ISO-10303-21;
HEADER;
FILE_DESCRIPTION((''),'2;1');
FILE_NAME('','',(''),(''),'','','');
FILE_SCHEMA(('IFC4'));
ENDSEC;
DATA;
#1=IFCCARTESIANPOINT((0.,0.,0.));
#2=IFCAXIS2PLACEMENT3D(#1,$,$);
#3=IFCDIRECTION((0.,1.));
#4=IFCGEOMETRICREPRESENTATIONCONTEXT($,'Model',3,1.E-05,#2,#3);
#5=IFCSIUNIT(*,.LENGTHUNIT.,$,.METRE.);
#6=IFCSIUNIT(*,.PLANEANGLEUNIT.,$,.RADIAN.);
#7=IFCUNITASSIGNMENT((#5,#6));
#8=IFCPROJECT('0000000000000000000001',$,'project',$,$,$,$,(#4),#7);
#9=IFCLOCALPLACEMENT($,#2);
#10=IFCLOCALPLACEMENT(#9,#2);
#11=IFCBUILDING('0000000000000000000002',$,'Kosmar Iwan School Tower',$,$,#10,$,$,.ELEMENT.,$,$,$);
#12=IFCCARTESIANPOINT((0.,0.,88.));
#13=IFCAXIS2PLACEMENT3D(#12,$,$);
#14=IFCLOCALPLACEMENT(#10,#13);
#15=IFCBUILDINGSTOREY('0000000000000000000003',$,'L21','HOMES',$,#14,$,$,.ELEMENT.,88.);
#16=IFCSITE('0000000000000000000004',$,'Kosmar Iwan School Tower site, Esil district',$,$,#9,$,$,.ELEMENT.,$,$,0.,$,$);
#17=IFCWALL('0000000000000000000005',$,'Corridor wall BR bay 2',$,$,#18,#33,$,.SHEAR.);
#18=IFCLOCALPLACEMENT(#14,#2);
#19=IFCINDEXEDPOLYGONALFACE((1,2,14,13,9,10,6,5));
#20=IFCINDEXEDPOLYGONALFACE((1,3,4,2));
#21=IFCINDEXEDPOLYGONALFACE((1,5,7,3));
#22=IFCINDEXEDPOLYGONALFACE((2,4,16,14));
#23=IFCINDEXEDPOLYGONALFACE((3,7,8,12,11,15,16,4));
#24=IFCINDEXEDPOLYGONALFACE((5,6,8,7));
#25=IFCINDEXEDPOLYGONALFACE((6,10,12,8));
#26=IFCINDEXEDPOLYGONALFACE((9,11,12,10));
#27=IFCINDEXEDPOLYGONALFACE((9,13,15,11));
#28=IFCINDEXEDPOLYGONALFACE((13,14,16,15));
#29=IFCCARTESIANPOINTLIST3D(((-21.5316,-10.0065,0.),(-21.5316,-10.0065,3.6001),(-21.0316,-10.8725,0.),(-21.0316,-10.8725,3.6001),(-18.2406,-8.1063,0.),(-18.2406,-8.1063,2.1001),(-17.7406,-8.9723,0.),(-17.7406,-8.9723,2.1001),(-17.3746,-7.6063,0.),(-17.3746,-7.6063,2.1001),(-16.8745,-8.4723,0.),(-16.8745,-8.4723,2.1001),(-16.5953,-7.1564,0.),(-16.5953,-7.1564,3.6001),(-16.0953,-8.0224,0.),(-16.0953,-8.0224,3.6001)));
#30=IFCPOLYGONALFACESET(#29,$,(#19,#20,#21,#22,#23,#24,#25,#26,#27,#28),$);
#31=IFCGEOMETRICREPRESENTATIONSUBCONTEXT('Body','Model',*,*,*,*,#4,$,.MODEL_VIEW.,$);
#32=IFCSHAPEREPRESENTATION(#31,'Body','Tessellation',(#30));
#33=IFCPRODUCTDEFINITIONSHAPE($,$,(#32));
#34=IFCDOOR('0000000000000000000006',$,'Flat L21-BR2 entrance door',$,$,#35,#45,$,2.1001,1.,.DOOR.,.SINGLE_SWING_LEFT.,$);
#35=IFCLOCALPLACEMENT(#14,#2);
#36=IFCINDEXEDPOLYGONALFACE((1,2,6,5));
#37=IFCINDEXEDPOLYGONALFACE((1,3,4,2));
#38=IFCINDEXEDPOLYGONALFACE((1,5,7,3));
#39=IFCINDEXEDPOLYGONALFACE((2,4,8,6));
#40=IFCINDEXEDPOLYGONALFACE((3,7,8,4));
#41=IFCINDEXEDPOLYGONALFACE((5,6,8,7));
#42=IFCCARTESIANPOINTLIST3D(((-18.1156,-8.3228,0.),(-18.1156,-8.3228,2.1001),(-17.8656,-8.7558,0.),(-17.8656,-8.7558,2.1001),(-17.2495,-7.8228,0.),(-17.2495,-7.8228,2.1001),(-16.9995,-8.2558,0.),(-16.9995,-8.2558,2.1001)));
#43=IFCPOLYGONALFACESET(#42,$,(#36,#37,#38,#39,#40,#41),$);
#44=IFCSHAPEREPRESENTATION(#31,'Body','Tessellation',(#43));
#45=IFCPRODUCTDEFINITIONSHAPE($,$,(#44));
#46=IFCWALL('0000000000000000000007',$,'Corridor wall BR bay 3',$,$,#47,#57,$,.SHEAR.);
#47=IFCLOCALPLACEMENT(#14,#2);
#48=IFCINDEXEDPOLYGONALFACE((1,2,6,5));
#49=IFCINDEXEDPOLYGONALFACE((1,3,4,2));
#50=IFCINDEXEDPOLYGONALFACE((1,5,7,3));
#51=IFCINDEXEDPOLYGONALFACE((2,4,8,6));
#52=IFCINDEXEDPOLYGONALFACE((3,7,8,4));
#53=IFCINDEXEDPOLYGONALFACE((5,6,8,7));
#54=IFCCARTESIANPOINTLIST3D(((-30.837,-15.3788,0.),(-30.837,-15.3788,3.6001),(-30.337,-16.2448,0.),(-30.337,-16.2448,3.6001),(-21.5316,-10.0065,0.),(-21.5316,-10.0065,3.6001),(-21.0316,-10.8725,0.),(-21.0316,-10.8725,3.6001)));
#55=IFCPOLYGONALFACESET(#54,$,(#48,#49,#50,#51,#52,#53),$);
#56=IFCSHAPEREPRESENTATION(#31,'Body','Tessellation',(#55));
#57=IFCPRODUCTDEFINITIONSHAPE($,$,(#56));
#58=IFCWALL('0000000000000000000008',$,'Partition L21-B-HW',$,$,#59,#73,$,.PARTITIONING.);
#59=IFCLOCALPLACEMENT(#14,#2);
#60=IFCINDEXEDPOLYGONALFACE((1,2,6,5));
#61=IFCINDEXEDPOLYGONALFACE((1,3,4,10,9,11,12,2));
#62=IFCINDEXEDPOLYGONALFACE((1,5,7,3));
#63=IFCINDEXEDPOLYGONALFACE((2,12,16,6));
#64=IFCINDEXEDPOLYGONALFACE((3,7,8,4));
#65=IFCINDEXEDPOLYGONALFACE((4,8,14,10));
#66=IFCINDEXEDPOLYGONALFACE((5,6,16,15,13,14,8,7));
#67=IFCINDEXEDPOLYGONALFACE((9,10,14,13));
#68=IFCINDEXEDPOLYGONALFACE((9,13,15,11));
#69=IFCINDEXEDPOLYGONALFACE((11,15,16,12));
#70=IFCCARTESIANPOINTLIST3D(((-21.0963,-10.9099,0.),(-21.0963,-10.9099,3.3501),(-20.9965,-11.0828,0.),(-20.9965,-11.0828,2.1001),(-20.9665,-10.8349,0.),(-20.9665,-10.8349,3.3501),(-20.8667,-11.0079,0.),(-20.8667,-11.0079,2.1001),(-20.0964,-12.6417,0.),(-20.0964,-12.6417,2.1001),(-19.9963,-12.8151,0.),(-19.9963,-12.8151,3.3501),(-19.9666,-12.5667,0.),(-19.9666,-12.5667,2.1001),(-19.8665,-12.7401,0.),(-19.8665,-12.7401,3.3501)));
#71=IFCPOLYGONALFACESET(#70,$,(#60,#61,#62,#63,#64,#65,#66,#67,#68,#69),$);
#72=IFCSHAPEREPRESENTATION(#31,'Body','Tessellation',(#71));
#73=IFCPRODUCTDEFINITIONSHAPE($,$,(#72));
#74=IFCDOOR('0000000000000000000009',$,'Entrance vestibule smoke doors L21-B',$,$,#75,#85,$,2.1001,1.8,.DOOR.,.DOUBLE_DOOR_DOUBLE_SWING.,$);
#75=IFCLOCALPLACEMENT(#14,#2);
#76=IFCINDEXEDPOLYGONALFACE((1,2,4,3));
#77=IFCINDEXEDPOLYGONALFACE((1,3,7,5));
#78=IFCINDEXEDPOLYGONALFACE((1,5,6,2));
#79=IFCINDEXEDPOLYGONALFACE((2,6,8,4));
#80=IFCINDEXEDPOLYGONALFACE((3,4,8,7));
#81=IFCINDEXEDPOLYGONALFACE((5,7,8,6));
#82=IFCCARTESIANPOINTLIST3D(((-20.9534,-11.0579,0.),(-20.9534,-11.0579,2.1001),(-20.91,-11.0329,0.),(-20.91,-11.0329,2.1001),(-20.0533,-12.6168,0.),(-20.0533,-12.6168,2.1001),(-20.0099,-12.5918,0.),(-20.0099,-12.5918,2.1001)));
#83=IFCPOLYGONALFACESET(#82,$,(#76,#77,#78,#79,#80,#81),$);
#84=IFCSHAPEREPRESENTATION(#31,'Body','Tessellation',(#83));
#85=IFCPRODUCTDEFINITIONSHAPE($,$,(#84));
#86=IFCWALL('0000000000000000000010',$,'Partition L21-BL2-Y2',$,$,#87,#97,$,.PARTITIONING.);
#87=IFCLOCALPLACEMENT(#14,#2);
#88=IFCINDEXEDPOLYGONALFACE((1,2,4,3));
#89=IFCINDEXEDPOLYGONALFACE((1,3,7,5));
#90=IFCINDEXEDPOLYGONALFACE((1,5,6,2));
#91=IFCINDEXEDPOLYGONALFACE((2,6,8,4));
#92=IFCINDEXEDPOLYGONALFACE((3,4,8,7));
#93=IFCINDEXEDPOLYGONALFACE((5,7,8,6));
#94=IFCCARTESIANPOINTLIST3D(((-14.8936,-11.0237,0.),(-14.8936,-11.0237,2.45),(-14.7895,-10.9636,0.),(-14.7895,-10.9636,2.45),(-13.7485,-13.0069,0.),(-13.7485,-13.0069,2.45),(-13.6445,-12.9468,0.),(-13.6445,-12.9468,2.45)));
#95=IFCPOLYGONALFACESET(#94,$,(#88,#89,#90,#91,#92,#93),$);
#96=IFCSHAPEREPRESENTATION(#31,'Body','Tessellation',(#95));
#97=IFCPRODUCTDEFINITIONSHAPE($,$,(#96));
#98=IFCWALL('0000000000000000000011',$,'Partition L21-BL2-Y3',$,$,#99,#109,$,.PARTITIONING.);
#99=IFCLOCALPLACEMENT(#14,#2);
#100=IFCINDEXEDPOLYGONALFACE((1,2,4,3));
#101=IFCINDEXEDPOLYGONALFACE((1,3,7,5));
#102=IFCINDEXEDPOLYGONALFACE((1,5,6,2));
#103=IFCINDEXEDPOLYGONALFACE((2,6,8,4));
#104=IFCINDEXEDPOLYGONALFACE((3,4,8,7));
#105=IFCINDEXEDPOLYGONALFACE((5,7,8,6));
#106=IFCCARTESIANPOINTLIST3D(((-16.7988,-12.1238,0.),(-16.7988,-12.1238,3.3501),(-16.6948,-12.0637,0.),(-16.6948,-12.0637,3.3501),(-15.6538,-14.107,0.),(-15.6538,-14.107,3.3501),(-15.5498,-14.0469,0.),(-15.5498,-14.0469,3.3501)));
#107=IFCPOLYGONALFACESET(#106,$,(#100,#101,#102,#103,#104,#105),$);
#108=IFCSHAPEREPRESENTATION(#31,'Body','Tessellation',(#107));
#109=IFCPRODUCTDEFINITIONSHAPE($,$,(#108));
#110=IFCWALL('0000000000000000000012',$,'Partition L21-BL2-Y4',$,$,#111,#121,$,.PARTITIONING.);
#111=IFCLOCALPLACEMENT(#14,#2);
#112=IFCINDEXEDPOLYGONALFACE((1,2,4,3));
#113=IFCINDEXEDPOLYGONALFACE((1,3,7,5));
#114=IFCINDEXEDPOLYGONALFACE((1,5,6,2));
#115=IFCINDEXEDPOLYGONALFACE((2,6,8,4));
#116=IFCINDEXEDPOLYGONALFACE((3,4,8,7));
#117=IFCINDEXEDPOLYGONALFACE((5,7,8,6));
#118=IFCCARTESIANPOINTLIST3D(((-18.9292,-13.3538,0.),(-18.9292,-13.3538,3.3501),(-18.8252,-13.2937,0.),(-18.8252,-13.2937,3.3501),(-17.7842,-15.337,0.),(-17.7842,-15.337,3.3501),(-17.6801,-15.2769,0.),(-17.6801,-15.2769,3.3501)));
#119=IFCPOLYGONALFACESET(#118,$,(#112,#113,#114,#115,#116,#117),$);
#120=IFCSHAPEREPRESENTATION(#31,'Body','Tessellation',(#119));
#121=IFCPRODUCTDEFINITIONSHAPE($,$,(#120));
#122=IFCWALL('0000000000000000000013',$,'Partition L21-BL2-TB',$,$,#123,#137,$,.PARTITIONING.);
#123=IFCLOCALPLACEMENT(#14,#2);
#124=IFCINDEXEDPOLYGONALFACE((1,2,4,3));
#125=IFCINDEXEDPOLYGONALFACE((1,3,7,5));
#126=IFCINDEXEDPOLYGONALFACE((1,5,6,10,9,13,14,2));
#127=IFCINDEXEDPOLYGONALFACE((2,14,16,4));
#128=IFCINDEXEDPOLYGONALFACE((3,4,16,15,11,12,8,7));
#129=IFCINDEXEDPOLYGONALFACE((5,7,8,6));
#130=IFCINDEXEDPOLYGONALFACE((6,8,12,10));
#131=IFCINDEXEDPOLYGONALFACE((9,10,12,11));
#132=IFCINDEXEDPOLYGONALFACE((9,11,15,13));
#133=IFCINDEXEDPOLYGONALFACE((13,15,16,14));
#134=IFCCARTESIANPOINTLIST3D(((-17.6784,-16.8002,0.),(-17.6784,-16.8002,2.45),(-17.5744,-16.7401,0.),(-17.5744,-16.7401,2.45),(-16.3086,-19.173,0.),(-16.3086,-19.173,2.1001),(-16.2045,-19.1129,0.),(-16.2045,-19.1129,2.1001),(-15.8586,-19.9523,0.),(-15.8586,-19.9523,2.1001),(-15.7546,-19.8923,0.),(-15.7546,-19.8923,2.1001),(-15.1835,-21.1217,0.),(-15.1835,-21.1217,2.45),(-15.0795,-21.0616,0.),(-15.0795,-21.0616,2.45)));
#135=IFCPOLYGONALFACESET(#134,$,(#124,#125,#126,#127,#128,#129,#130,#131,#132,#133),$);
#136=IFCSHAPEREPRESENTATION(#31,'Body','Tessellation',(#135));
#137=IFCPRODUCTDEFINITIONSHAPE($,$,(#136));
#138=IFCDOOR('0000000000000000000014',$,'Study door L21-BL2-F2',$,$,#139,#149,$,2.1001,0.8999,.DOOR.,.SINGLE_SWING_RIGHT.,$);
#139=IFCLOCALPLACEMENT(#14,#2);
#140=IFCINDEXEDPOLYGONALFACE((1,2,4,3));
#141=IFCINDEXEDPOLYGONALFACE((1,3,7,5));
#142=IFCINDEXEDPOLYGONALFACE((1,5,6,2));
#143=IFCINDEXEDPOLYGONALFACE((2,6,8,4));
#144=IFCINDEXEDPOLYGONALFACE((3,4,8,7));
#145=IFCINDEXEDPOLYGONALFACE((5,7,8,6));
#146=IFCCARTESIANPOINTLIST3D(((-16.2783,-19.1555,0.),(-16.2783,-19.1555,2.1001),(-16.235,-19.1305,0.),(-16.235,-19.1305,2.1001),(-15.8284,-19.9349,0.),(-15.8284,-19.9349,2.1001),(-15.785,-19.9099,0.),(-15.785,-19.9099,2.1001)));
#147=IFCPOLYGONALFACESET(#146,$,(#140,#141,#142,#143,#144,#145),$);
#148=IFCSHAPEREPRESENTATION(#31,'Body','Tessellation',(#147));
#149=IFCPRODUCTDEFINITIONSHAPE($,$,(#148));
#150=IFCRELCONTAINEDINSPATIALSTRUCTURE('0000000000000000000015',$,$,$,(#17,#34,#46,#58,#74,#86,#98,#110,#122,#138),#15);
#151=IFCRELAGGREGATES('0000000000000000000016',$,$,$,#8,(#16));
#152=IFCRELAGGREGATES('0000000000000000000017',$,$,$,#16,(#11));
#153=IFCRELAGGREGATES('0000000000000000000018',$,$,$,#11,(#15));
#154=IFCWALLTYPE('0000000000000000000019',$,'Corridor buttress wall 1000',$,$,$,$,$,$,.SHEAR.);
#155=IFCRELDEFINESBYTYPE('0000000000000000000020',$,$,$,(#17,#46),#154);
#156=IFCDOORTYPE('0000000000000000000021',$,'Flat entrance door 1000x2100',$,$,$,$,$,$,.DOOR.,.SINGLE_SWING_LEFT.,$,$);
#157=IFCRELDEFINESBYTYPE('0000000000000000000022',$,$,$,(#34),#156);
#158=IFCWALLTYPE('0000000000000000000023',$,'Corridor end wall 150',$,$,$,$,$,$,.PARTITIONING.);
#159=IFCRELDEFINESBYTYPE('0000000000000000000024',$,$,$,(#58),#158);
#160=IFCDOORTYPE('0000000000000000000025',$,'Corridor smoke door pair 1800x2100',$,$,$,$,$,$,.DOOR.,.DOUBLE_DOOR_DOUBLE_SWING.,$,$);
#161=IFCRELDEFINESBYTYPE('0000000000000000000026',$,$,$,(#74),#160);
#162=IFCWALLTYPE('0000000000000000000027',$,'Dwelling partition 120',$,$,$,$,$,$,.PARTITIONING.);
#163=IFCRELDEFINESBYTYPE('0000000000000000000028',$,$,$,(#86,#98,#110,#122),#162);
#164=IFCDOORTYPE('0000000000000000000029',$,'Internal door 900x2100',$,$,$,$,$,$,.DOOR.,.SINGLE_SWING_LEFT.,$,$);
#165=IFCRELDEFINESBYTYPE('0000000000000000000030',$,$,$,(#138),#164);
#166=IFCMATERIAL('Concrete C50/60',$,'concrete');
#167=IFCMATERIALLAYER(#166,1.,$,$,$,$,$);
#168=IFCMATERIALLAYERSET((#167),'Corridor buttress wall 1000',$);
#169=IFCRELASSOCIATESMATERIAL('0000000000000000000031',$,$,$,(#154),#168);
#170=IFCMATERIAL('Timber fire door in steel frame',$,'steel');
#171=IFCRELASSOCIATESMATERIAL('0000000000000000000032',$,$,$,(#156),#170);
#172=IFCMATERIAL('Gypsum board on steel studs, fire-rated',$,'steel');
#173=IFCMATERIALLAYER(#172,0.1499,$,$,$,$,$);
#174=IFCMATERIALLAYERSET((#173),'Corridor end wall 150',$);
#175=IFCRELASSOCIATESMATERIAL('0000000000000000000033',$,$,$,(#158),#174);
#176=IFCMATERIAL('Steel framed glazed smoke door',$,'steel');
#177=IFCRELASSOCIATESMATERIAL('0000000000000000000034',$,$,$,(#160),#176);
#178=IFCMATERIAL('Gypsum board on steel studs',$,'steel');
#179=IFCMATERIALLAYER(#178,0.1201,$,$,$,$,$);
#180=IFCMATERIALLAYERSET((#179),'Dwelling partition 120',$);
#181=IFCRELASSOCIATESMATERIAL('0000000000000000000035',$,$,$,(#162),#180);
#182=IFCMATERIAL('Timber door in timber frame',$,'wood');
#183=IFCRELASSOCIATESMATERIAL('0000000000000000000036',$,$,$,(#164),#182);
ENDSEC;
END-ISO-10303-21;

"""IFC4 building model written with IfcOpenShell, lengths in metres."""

from ifc_helpers import new_model, si_unit, direction, frame, frame_2d, origin, place, context, subcontext, project, spatial, rectangle, extrude, material, layer, layer_set, type_object, element, fill, save


model = new_model("IFC4")

# Units and contexts
model_context = context("Model", 3, precision=1e-05, world=origin(), true_north=direction((0.0, 1.0)))
body_context = subcontext(model_context, "Body", "Model", "MODEL_VIEW")
ifc_project = project(units=[si_unit("LENGTHUNIT", "METRE"), si_unit("PLANEANGLEUNIT", "RADIAN")], contexts=[model_context])

# Site, building, storey
site_placement = place(None, origin())
site = spatial("IfcSite", under=ifc_project, at=site_placement, Name="Kosmar Iwan School Tower site, Esil district", CompositionType="ELEMENT", RefElevation=0.0)
building_placement = place(site_placement, origin())
building = spatial("IfcBuilding", under=site, at=building_placement, Name="Kosmar Iwan School Tower", CompositionType="ELEMENT")
storey_placement = place(building_placement, frame((0.0, 0.0, 88.0)))
storey = spatial("IfcBuildingStorey", under=building, at=storey_placement, Name="L21", Description="HOMES", CompositionType="ELEMENT", Elevation=88.0)

# Wall, opening, door
ifc_material_1 = material(Name="Concrete C50/60", Category="concrete")
ifc_layer_1 = layer(ifc_material_1, 1.0)
ifc_layer_set_1 = layer_set([ifc_layer_1], Name="Corridor buttress wall 1000")
wall_type_1 = type_object("IfcWallType", Name="Corridor buttress wall 1000", PredefinedType="SHEAR", material=ifc_layer_set_1)
ifc_material_2 = material(Name="Timber fire door in steel frame", Category="steel")
door_type_1 = type_object("IfcDoorType", Name="Flat entrance door 1000x2100", OperationType="SINGLE_SWING_LEFT", PredefinedType="DOOR", material=ifc_material_2)
wall_1_placement = place(storey_placement, frame((-16.3452, -7.5894, 0.0), z_axis=(0.0, 0.0, 1.0), x_axis=(-0.866015, -0.500018, 0.0)))
wall_1 = element("IfcWall", 1, at=wall_1_placement, inside=storey, type_object=wall_type_1, Name="Corridor wall BR bay 2", PredefinedType="SHEAR", context=body_context, shape_type="SweptSolid", body=[
    extrude(rectangle(XDim=5.7, YDim=1.0, at=frame_2d((2.8501, 0.0))), origin(), (0.0, 0.0, 1.0), 3.6001),
])
opening_1_placement = place(wall_1_placement, frame((0.8999, 0.0, 0.0)))
opening_1 = element("IfcOpeningElement", 2, at=opening_1_placement, cuts=wall_1, PredefinedType="OPENING", context=body_context, shape_type="SweptSolid", body=[
    extrude(rectangle(XDim=1.0, YDim=2.1001, at=frame_2d((0.5, 1.05))), frame((0.0, 0.512, 0.0), z_axis=(0.0, -1.0, 0.0), x_axis=(1.0, 0.0, 0.0)), (0.0, 0.0, 1.0), 1.0239),
])
door_1_placement = place(opening_1_placement, origin())
door_1 = element("IfcDoor", 3, at=door_1_placement, inside=storey, type_object=door_type_1, Name="Flat L21-BR2 entrance door", OperationType="SINGLE_SWING_LEFT", OverallHeight=2.1001, OverallWidth=1.0, PredefinedType="DOOR", context=body_context, shape_type="SweptSolid", body=[
    extrude(rectangle(XDim=1.0, YDim=2.1001, at=frame_2d((0.5, 1.05))), frame((0.0, 0.25, 0.0), z_axis=(0.0, -1.0, 0.0), x_axis=(1.0, 0.0, 0.0)), (0.0, 0.0, 1.0), 0.5),
])
fill(opening_1, door_1)

# Wall
wall_2_placement = place(storey_placement, frame((-21.2815, -10.4395, 0.0), z_axis=(0.0, 0.0, 1.0), x_axis=(-0.866032, -0.499988, 0.0)))
element("IfcWall", 4, at=wall_2_placement, inside=storey, type_object=wall_type_1, Name="Corridor wall BR bay 3", PredefinedType="SHEAR", context=body_context, shape_type="SweptSolid", body=[
    extrude(rectangle(XDim=10.7449, YDim=1.0, at=frame_2d((5.3726, 0.0))), origin(), (0.0, 0.0, 1.0), 3.6001),
])

# Wall, opening, door
ifc_material_3 = material(Name="Gypsum board on steel studs, fire-rated", Category="steel")
ifc_layer_2 = layer(ifc_material_3, 0.1499)
ifc_layer_set_2 = layer_set([ifc_layer_2], Name="Corridor end wall 150")
wall_type_2 = type_object("IfcWallType", Name="Corridor end wall 150", PredefinedType="PARTITIONING", material=ifc_layer_set_2)
wall_3_placement = place(storey_placement, frame((-21.0315, -10.8723, 0.0), z_axis=(0.0, 0.0, 1.0), x_axis=(0.50003, -0.866008, 0.0)))
wall_3 = element("IfcWall", 5, at=wall_3_placement, inside=storey, type_object=wall_type_2, Name="Partition L21-B-HW", PredefinedType="PARTITIONING", context=body_context, shape_type="SweptSolid", body=[
    extrude(rectangle(XDim=2.2, YDim=0.1499, at=frame_2d((1.1001, 0.0))), origin(), (0.0, 0.0, 1.0), 3.3501),
])
opening_2_placement = place(wall_3_placement, frame((0.2, 0.0, 0.0)))
opening_2 = element("IfcOpeningElement", 6, at=opening_2_placement, cuts=wall_3, PredefinedType="OPENING", context=body_context, shape_type="SweptSolid", body=[
    extrude(rectangle(XDim=1.8, YDim=2.1001, at=frame_2d((0.8999, 1.05))), frame((0.0, 0.0869, 0.0), z_axis=(0.0, -1.0, 0.0), x_axis=(1.0, 0.0, 0.0)), (0.0, 0.0, 1.0), 0.1738),
])
ifc_material_4 = material(Name="Steel framed glazed smoke door", Category="steel")
door_type_2 = type_object("IfcDoorType", Name="Corridor smoke door pair 1800x2100", OperationType="DOUBLE_DOOR_DOUBLE_SWING", PredefinedType="DOOR", material=ifc_material_4)
door_2_placement = place(opening_2_placement, origin())
door_2 = element("IfcDoor", 7, at=door_2_placement, inside=storey, type_object=door_type_2, Name="Entrance vestibule smoke doors L21-B", OperationType="DOUBLE_DOOR_DOUBLE_SWING", OverallHeight=2.1001, OverallWidth=1.8, PredefinedType="DOOR", context=body_context, shape_type="SweptSolid", body=[
    extrude(rectangle(XDim=1.8, YDim=2.1001, at=frame_2d((0.8999, 1.05))), frame((0.0, 0.0249, 0.0), z_axis=(0.0, -1.0, 0.0), x_axis=(1.0, 0.0, 0.0)), (0.0, 0.0, 1.0), 0.05),
])
fill(opening_2, door_2)

# Walls
ifc_material_5 = material(Name="Gypsum board on steel studs", Category="steel")
ifc_layer_3 = layer(ifc_material_5, 0.1201)
ifc_layer_set_3 = layer_set([ifc_layer_3], Name="Dwelling partition 120")
wall_type_3 = type_object("IfcWallType", Name="Dwelling partition 120", PredefinedType="PARTITIONING", material=ifc_layer_set_3)
wall_4_placement = place(storey_placement, frame((-14.8416, -10.9937, 0.0), z_axis=(0.0, 0.0, 1.0), x_axis=(0.500015, -0.866017, 0.0)))
element("IfcWall", 8, at=wall_4_placement, inside=storey, type_object=wall_type_3, Name="Partition L21-BL2-Y2", PredefinedType="PARTITIONING", context=body_context, shape_type="SweptSolid", body=[
    extrude(rectangle(XDim=2.29, YDim=0.1201, at=frame_2d((1.145, 0.0))), origin(), (0.0, 0.0, 1.0), 2.45),
])
for number, where, z_axis, x_axis, name in (
    (9, (-16.7468, -12.0938, 0.0), (0.0, 0.0, 1.0), (0.500015, -0.866017, 0.0), "Partition L21-BL2-Y3"),
    (10, (-18.8772, -13.3237, 0.0), (0.0, 0.0, 1.0), (0.500015, -0.866017, 0.0), "Partition L21-BL2-Y4"),
):
    element("IfcWall", number, at=place(storey_placement, frame(where, z_axis=z_axis, x_axis=x_axis)), inside=storey, type_object=wall_type_3, Name=name, PredefinedType="PARTITIONING", context=body_context, shape_type="SweptSolid", body=[
        extrude(rectangle(XDim=2.29, YDim=0.1201, at=frame_2d((1.145, 0.0))), origin(), (0.0, 0.0, 1.0), 3.3501),
    ])

# Wall, opening, door
wall_5_placement = place(storey_placement, frame((-17.6265, -16.77, 0.0), z_axis=(0.0, 0.0, 1.0), x_axis=(0.499975, -0.86604, 0.0)))
wall_5 = element("IfcWall", 11, at=wall_5_placement, inside=storey, type_object=wall_type_3, Name="Partition L21-BL2-TB", PredefinedType="PARTITIONING", context=body_context, shape_type="SweptSolid", body=[
    extrude(rectangle(XDim=4.99, YDim=0.1201, at=frame_2d((2.4951, 0.0))), origin(), (0.0, 0.0, 1.0), 2.45),
])
opening_3_placement = place(wall_5_placement, frame((2.74, 0.0, 0.0)))
opening_3 = element("IfcOpeningElement", 12, at=opening_3_placement, cuts=wall_5, PredefinedType="OPENING", context=body_context, shape_type="SweptSolid", body=[
    extrude(rectangle(XDim=0.8999, YDim=2.1001, at=frame_2d((0.45, 1.05))), frame((0.0, 0.072, 0.0), z_axis=(0.0, -1.0, 0.0), x_axis=(1.0, 0.0, 0.0)), (0.0, 0.0, 1.0), 0.144),
])
ifc_material_6 = material(Name="Timber door in timber frame", Category="wood")
door_type_3 = type_object("IfcDoorType", Name="Internal door 900x2100", OperationType="SINGLE_SWING_LEFT", PredefinedType="DOOR", material=ifc_material_6)
door_3_placement = place(opening_3_placement, origin())
door_3 = element("IfcDoor", 13, at=door_3_placement, inside=storey, type_object=door_type_3, Name="Study door L21-BL2-F2", OperationType="SINGLE_SWING_RIGHT", OverallHeight=2.1001, OverallWidth=0.8999, PredefinedType="DOOR", context=body_context, shape_type="SweptSolid", body=[
    extrude(rectangle(XDim=0.8999, YDim=2.1001, at=frame_2d((0.45, 1.05))), frame((0.0, 0.0249, 0.0), z_axis=(0.0, -1.0, 0.0), x_axis=(1.0, 0.0, 0.0)), (0.0, 0.0, 1.0), 0.05),
])
fill(opening_3, door_3)

save(model, "model.ifc")
